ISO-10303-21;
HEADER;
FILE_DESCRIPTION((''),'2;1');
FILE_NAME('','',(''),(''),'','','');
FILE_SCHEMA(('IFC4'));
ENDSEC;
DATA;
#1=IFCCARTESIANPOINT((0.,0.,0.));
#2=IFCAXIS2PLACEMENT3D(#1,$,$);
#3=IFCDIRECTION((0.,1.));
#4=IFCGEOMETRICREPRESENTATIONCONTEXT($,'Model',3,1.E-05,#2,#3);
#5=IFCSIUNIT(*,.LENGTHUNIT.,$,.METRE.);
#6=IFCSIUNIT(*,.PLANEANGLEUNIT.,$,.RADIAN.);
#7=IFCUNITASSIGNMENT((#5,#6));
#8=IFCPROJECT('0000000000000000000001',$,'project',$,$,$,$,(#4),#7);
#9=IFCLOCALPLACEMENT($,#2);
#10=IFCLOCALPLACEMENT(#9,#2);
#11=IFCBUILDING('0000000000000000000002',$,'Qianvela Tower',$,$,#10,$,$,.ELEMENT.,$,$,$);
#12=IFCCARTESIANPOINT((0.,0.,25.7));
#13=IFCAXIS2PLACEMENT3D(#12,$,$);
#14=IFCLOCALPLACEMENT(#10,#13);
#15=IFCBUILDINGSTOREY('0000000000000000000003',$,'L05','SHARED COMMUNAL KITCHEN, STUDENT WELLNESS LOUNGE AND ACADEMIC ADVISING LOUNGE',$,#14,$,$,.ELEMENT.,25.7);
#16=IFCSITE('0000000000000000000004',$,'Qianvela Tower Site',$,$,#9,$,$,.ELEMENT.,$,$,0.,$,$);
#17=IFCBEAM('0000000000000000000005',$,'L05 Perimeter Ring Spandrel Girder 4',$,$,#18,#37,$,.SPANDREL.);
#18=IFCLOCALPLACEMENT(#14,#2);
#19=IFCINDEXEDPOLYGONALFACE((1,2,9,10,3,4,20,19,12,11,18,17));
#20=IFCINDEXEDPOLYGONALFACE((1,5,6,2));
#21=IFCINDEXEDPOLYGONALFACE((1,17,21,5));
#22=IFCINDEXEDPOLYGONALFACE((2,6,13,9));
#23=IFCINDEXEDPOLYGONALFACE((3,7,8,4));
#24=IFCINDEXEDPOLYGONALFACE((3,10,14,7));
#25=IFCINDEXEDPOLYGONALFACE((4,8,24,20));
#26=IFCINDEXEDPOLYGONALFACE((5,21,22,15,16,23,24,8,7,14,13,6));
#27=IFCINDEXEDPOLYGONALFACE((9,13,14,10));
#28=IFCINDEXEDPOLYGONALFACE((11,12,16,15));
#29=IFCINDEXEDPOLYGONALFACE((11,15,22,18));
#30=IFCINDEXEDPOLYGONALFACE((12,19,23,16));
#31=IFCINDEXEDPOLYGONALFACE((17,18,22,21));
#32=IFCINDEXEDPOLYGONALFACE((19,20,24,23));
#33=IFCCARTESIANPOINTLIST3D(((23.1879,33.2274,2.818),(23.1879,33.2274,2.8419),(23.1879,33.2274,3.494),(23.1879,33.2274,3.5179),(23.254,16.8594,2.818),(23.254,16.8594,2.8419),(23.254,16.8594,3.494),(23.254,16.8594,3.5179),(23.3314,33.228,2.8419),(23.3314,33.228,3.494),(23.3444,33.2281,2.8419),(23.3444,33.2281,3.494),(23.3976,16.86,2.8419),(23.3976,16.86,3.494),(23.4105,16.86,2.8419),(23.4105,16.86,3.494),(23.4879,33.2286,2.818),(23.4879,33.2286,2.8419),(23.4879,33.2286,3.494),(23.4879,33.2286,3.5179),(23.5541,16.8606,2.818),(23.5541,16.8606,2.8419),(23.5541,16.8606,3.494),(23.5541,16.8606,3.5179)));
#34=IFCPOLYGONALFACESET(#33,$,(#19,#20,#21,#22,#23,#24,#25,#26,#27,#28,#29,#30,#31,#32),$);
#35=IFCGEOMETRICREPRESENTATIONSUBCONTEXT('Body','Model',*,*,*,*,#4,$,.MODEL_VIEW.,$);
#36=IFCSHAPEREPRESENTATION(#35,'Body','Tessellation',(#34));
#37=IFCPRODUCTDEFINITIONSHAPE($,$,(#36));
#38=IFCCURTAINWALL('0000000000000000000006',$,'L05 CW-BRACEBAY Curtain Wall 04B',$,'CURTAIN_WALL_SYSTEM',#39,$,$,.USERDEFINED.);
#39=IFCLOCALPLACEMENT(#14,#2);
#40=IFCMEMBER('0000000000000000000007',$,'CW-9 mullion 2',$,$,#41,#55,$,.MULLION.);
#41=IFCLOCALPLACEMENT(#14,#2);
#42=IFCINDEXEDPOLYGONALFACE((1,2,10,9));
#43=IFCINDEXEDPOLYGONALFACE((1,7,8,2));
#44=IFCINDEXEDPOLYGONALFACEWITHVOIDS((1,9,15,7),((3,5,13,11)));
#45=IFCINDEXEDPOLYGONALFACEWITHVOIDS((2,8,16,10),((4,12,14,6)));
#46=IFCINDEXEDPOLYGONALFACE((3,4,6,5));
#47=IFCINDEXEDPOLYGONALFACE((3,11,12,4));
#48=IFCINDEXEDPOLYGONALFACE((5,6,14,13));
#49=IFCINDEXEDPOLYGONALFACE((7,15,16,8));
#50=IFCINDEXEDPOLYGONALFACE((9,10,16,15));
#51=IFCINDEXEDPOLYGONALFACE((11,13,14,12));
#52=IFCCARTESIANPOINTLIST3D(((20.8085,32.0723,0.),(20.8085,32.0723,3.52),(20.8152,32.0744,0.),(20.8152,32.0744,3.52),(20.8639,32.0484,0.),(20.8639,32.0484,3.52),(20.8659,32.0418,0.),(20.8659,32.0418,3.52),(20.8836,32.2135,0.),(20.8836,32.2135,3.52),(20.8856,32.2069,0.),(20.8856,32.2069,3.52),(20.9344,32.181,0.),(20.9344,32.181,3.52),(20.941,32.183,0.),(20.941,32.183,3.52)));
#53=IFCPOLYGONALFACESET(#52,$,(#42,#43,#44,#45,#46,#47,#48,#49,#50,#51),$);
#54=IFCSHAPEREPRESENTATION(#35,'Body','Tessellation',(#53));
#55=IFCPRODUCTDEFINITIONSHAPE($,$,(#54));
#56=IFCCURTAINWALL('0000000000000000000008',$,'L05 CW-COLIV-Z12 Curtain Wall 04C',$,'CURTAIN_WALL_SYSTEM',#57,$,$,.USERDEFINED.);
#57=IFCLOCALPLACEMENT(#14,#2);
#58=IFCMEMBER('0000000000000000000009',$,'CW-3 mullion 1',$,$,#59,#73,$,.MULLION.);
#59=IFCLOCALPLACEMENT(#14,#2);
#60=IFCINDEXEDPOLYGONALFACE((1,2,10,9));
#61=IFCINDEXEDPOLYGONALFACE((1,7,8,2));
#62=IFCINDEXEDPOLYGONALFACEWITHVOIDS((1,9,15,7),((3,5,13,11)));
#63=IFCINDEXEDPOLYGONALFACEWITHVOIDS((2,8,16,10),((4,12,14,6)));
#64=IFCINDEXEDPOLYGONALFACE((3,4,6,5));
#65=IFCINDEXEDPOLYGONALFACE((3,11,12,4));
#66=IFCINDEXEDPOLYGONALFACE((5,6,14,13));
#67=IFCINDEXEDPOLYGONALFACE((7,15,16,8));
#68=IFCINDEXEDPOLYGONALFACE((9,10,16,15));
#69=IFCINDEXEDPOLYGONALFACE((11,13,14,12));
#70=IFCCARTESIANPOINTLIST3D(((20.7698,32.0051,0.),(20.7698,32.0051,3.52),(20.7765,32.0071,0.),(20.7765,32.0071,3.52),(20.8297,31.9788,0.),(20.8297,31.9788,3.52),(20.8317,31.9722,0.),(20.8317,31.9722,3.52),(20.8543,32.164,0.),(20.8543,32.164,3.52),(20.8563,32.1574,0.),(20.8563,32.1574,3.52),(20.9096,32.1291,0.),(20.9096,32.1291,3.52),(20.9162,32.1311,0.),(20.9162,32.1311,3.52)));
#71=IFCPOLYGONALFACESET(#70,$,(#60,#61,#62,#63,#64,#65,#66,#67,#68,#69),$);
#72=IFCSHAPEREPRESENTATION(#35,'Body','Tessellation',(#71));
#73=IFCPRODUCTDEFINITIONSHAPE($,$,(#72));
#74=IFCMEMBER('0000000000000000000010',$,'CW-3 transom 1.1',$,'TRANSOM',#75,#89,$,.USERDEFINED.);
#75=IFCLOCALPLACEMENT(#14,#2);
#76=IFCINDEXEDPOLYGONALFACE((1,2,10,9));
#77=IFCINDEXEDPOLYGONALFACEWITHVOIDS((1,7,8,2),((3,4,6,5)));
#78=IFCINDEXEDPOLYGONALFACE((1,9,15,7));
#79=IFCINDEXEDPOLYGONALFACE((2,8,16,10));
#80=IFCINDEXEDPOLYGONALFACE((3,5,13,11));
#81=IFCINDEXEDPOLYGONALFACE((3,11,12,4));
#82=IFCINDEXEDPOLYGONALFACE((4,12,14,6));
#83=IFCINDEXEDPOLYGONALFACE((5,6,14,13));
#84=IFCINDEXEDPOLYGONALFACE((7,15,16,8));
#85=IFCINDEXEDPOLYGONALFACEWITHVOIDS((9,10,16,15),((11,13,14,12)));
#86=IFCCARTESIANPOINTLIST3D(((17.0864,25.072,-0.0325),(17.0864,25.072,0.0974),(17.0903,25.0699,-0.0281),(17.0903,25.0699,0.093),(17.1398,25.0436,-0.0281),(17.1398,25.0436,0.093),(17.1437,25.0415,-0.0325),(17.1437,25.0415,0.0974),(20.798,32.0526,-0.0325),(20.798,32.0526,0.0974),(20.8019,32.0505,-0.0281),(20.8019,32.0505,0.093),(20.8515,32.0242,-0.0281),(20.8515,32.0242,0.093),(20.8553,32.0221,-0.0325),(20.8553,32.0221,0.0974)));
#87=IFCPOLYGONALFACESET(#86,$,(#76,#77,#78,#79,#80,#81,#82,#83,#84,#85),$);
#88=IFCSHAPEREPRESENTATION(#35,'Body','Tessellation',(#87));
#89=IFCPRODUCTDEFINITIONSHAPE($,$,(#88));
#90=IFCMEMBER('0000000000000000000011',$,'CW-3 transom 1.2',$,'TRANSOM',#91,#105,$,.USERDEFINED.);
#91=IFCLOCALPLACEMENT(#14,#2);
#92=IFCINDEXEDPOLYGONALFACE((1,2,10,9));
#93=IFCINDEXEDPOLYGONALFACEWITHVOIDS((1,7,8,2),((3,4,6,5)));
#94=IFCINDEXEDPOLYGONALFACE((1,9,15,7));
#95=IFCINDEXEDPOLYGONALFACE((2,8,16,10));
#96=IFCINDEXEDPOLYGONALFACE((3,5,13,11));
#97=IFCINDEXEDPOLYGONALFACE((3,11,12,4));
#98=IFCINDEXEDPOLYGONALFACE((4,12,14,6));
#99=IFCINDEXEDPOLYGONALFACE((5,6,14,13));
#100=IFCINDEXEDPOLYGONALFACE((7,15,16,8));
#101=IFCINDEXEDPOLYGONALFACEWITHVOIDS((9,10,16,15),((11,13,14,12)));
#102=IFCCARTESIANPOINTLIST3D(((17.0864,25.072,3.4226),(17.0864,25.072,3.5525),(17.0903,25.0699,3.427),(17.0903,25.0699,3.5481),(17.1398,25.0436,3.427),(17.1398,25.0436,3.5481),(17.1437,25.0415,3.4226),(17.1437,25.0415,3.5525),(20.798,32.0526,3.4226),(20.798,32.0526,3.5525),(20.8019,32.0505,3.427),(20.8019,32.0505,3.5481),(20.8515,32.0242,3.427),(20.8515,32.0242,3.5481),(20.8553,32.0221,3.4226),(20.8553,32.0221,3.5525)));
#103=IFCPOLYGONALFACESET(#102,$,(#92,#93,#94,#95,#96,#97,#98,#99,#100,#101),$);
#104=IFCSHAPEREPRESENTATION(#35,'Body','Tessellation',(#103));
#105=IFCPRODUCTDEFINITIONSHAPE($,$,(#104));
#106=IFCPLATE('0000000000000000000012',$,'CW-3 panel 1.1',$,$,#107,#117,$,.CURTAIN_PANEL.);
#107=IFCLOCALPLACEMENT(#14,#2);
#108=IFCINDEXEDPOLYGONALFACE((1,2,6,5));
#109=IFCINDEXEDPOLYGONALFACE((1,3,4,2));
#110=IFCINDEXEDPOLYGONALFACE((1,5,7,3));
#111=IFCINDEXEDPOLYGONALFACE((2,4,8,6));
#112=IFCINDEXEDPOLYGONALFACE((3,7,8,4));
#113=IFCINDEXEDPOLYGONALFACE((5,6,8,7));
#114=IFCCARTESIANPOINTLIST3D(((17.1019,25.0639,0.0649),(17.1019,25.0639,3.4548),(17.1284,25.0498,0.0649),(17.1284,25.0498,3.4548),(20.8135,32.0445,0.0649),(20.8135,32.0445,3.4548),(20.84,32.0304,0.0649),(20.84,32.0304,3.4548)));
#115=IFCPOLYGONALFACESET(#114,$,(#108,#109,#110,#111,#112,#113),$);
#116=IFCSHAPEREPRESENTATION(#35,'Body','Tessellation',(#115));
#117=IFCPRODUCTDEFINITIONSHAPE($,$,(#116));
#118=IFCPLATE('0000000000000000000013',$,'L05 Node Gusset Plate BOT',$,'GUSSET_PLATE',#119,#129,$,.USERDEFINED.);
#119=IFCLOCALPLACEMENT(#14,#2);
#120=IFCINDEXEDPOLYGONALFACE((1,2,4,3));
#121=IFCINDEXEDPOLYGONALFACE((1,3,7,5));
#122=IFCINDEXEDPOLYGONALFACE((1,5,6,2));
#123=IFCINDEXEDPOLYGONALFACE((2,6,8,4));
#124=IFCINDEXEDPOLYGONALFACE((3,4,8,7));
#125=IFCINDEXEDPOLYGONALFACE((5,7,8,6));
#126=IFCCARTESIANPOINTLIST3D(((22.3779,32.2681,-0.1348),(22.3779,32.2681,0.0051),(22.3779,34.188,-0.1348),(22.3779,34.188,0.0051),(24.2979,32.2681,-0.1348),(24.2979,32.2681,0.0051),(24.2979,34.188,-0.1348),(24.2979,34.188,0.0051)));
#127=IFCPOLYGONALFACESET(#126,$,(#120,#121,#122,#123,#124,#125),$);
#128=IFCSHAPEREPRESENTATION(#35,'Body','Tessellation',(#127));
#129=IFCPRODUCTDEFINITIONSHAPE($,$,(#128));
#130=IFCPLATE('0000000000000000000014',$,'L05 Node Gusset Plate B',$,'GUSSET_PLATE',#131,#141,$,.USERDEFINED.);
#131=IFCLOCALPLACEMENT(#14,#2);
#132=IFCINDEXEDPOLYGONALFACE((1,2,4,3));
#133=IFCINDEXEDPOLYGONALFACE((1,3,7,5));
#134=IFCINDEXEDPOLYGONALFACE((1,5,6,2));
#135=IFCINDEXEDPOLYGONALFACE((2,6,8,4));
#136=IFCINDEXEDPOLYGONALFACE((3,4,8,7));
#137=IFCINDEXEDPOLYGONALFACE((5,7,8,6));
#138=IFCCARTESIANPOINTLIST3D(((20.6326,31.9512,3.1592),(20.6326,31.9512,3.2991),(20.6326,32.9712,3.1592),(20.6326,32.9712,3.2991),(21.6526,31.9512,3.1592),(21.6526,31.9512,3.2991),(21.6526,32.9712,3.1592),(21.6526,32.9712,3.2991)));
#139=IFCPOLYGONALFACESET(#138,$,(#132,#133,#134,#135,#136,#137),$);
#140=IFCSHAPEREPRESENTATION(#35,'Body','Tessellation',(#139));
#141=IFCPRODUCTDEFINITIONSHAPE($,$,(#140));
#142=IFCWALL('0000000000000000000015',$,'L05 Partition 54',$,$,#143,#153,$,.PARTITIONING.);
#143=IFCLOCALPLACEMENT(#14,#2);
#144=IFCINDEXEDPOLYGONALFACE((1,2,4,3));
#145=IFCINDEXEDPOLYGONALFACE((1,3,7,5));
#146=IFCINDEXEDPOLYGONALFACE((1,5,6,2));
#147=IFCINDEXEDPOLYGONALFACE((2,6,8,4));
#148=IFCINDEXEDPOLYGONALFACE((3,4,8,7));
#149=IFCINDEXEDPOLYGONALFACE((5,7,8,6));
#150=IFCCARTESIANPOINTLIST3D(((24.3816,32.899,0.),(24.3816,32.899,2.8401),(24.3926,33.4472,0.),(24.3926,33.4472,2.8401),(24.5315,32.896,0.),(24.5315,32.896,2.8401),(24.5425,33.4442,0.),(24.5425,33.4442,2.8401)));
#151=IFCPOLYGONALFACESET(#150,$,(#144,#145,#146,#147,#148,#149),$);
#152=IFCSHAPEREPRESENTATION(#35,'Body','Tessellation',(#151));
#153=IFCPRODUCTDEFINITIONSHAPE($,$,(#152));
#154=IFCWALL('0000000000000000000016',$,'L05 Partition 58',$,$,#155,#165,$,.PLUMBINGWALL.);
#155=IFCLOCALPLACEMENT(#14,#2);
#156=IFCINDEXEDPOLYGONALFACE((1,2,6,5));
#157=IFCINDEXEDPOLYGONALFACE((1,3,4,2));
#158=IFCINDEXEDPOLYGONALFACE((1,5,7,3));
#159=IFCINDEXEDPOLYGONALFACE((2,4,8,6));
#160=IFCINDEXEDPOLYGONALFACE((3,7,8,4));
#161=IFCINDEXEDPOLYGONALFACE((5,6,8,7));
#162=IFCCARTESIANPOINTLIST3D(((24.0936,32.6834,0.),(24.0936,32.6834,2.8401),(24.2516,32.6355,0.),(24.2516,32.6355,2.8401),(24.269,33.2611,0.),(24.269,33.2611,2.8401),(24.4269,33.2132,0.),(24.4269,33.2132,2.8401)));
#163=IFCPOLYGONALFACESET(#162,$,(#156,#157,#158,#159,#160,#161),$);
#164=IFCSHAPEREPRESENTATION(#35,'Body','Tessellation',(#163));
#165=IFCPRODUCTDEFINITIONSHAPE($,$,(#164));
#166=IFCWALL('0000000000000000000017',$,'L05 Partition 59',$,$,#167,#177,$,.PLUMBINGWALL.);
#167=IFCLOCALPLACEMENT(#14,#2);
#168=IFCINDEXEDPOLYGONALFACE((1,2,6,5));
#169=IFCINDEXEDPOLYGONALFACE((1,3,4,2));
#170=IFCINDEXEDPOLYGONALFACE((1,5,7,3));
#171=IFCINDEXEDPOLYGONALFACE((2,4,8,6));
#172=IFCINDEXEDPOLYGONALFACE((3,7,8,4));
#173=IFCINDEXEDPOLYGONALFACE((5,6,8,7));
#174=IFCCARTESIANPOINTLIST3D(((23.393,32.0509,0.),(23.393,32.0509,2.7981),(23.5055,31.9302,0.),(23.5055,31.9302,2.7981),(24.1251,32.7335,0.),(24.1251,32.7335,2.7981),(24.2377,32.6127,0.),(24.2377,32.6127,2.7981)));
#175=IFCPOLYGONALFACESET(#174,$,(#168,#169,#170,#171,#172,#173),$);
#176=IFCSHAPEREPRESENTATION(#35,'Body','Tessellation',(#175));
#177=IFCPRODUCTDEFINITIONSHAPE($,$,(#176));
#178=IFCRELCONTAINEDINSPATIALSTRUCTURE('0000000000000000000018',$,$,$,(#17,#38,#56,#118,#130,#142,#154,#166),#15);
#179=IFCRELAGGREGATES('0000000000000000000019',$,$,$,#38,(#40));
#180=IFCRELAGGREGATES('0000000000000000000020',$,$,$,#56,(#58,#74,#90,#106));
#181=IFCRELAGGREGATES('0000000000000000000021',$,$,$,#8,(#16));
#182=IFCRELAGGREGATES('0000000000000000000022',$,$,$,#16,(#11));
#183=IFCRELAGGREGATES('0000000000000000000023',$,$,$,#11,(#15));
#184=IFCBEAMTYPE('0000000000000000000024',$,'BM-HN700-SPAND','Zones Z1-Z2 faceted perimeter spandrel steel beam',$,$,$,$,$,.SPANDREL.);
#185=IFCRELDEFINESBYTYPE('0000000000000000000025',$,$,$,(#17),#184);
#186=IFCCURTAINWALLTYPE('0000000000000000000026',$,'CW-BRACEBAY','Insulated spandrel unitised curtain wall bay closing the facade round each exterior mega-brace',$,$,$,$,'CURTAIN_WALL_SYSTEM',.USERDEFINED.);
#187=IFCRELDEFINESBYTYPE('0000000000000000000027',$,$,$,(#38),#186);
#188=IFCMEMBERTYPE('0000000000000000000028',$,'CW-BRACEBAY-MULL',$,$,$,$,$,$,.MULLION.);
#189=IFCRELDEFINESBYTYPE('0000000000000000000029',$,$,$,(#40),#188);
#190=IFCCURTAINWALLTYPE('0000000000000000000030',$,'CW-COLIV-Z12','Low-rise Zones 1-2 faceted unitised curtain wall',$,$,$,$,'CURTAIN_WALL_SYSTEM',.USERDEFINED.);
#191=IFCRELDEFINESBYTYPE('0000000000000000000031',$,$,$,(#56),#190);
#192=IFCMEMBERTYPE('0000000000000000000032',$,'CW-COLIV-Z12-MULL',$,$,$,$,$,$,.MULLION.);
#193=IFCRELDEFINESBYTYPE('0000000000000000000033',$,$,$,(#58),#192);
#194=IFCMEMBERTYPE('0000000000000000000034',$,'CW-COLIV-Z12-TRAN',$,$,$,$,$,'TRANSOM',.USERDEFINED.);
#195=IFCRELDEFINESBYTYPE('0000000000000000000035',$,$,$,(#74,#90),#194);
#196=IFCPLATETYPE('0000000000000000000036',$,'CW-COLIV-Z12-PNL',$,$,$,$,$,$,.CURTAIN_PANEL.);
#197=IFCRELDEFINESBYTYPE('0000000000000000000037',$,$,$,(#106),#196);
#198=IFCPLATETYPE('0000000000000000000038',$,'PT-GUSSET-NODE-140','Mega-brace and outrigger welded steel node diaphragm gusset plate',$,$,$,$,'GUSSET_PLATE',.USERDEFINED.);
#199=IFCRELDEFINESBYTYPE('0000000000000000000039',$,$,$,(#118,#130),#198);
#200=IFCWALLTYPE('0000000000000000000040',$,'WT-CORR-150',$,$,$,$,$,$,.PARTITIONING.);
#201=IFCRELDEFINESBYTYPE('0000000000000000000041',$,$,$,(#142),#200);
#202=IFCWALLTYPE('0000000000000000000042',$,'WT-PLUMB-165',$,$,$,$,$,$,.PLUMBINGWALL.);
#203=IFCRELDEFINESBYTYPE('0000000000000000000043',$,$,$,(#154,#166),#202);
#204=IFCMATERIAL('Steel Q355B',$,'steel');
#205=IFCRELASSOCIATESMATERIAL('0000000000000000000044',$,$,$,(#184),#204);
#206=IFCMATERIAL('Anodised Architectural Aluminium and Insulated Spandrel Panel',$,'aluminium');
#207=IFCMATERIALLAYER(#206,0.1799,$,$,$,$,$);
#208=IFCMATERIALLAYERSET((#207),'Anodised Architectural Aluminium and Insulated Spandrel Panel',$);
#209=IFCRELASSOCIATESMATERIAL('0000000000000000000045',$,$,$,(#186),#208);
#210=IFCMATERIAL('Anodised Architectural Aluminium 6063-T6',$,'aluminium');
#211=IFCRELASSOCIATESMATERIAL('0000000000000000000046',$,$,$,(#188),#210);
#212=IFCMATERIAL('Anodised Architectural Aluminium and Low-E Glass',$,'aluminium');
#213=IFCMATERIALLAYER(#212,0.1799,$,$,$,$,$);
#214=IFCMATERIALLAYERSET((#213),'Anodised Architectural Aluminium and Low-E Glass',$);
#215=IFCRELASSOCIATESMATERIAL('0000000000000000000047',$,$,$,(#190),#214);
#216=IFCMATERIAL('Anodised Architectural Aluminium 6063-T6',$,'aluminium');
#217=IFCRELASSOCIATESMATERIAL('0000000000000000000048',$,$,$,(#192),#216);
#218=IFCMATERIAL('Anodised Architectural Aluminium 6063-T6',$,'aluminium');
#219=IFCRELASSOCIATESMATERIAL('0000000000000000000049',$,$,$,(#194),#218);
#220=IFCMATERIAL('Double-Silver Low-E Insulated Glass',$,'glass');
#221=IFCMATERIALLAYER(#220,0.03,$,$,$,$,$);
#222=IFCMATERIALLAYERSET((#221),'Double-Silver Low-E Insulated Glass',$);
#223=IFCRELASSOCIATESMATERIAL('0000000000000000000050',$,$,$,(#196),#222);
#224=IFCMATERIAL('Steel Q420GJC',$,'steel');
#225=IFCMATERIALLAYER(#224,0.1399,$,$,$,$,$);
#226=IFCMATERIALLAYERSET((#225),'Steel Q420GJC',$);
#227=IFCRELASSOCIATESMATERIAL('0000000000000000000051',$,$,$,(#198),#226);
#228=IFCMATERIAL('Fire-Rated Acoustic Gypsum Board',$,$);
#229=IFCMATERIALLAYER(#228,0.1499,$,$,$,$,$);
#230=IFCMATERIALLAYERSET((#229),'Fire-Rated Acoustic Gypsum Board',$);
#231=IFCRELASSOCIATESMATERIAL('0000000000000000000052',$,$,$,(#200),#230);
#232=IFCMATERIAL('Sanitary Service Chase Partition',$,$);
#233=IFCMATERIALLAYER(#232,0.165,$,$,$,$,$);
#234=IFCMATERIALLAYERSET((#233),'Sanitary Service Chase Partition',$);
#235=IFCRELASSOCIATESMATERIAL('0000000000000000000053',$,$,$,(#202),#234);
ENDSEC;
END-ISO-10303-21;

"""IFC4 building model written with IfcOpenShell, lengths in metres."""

from ifc_helpers import new_model, si_unit, direction, frame, frame_2d, origin, origin_2d, place, context, subcontext, project, spatial, rectangle, hollow_rectangle, i_section, extrude, material, layer, layer_set, material_profile, profile_set, type_object, element, aggregate, save


model = new_model("IFC4")

# Units and contexts
model_context = context("Model", 3, precision=1e-05, world=origin(), true_north=direction((0.0, 1.0)))
body_context = subcontext(model_context, "Body", "Model", "MODEL_VIEW")
ifc_project = project(units=[si_unit("LENGTHUNIT", "METRE"), si_unit("PLANEANGLEUNIT", "RADIAN")], contexts=[model_context])

# Site, building, storey
site_placement = place(None, origin())
site = spatial("IfcSite", under=ifc_project, at=site_placement, Name="Qianvela Tower Site", CompositionType="ELEMENT", RefElevation=0.0)
building_placement = place(site_placement, origin())
building = spatial("IfcBuilding", under=site, at=building_placement, Name="Qianvela Tower", CompositionType="ELEMENT")
storey_placement = place(building_placement, frame((0.0, 0.0, 25.7)))
storey = spatial("IfcBuildingStorey", under=building, at=storey_placement, Name="L05", Description="SHARED COMMUNAL KITCHEN, STUDENT WELLNESS LOUNGE AND ACADEMIC ADVISING LOUNGE", CompositionType="ELEMENT", Elevation=25.7)

# Beam
ifc_material_1 = material(Name="Steel Q355B", Category="steel")
ifc_material_profile_1 = material_profile(ifc_material_1, i_section(OverallWidth=0.3, OverallDepth=0.7, WebThickness=0.0129, FlangeThickness=0.0239, at=origin_2d()), Name="HN700x300x13x24")
ifc_profile_set_1 = profile_set([ifc_material_profile_1], Name="Steel Q355B")
beam_type_1 = type_object("IfcBeamType", Name="BM-HN700-SPAND", Description="Zones Z1-Z2 faceted perimeter spandrel steel beam", PredefinedType="SPANDREL", material=ifc_profile_set_1)
beam_1_placement = place(storey_placement, frame((23.3379, 33.228, 3.168), z_axis=(0.004042, -0.999992, 0.0), x_axis=(0.999992, 0.004042, 0.0)))
element("IfcBeam", 1, at=beam_1_placement, inside=storey, type_object=beam_type_1, Name="L05 Perimeter Ring Spandrel Girder 4", PredefinedType="SPANDREL", context=body_context, shape_type="SweptSolid", body=[
    extrude(i_section(OverallWidth=0.3, OverallDepth=0.7, WebThickness=0.0129, FlangeThickness=0.0239, at=origin_2d()), origin(), (0.0, 0.0, 1.0), 16.3682),
])

# Curtain wall, member
ifc_material_2 = material(Name="Anodised Architectural Aluminium and Insulated Spandrel Panel", Category="aluminium")
ifc_layer_1 = layer(ifc_material_2, 0.1799)
ifc_layer_set_1 = layer_set([ifc_layer_1], Name="Anodised Architectural Aluminium and Insulated Spandrel Panel")
curtain_wall_type_1 = type_object("IfcCurtainWallType", Name="CW-BRACEBAY", Description="Insulated spandrel unitised curtain wall bay closing the facade round each exterior mega-brace", ElementType="CURTAIN_WALL_SYSTEM", PredefinedType="USERDEFINED", material=ifc_layer_set_1)
curtain_wall_1_placement = place(storey_placement, origin())
curtain_wall_1 = element("IfcCurtainWall", 2, at=curtain_wall_1_placement, inside=storey, type_object=curtain_wall_type_1, Name="L05 CW-BRACEBAY Curtain Wall 04B", ObjectType="CURTAIN_WALL_SYSTEM", PredefinedType="USERDEFINED")
ifc_material_3 = material(Name="Anodised Architectural Aluminium 6063-T6", Category="aluminium")
ifc_material_profile_2 = material_profile(ifc_material_3, hollow_rectangle(XDim=0.0649, YDim=0.1599, WallThickness=0.0049, at=origin_2d()), Name="ALU-MULL-65x160")
ifc_profile_set_2 = profile_set([ifc_material_profile_2], Name="Anodised Architectural Aluminium 6063-T6")
member_type_1 = type_object("IfcMemberType", Name="CW-BRACEBAY-MULL", PredefinedType="MULLION", material=ifc_profile_set_2)
member_1_placement = place(storey_placement, frame((20.8748, 32.1277, 0.0), z_axis=(0.0, 0.0, 1.0), x_axis=(0.882943, -0.46948, 0.0)))
member_1 = element("IfcMember", 3, at=member_1_placement, type_object=member_type_1, Name="CW-9 mullion 2", PredefinedType="MULLION", context=body_context, shape_type="SweptSolid", body=[
    extrude(hollow_rectangle(XDim=0.0649, YDim=0.1599, WallThickness=0.0049, at=origin_2d()), origin(), (0.0, 0.0, 1.0), 3.52),
])
aggregate(curtain_wall_1, [member_1])

# Curtain wall, members, plate
ifc_material_4 = material(Name="Anodised Architectural Aluminium and Low-E Glass", Category="aluminium")
ifc_layer_2 = layer(ifc_material_4, 0.1799)
ifc_layer_set_2 = layer_set([ifc_layer_2], Name="Anodised Architectural Aluminium and Low-E Glass")
curtain_wall_type_2 = type_object("IfcCurtainWallType", Name="CW-COLIV-Z12", Description="Low-rise Zones 1-2 faceted unitised curtain wall", ElementType="CURTAIN_WALL_SYSTEM", PredefinedType="USERDEFINED", material=ifc_layer_set_2)
curtain_wall_2_placement = place(storey_placement, origin())
curtain_wall_2 = element("IfcCurtainWall", 4, at=curtain_wall_2_placement, inside=storey, type_object=curtain_wall_type_2, Name="L05 CW-COLIV-Z12 Curtain Wall 04C", ObjectType="CURTAIN_WALL_SYSTEM", PredefinedType="USERDEFINED")
ifc_material_5 = material(Name="Anodised Architectural Aluminium 6063-T6", Category="aluminium")
ifc_material_profile_3 = material_profile(ifc_material_5, hollow_rectangle(XDim=0.0701, YDim=0.1799, WallThickness=0.0049, at=origin_2d()), Name="ALU-MULL-70x180")
ifc_profile_set_3 = profile_set([ifc_material_profile_3], Name="Anodised Architectural Aluminium 6063-T6")
member_type_2 = type_object("IfcMemberType", Name="CW-COLIV-Z12-MULL", PredefinedType="MULLION", material=ifc_profile_set_3)
member_2_placement = place(storey_placement, frame((20.843, 32.0681, 0.0), z_axis=(0.0, 0.0, 1.0), x_axis=(0.882951, -0.469465, 0.0)))
member_2 = element("IfcMember", 5, at=member_2_placement, type_object=member_type_2, Name="CW-3 mullion 1", PredefinedType="MULLION", context=body_context, shape_type="SweptSolid", body=[
    extrude(hollow_rectangle(XDim=0.0701, YDim=0.1799, WallThickness=0.0049, at=origin_2d()), origin(), (0.0, 0.0, 1.0), 3.52),
])
ifc_material_6 = material(Name="Anodised Architectural Aluminium 6063-T6", Category="aluminium")
ifc_material_profile_4 = material_profile(ifc_material_6, hollow_rectangle(XDim=0.0649, YDim=0.1299, WallThickness=0.0044, at=origin_2d()), Name="ALU-TRAN-65x130")
ifc_profile_set_4 = profile_set([ifc_material_profile_4], Name="Anodised Architectural Aluminium 6063-T6")
member_type_3 = type_object("IfcMemberType", Name="CW-COLIV-Z12-TRAN", ElementType="TRANSOM", PredefinedType="USERDEFINED", material=ifc_profile_set_4)
member_3_placement = place(storey_placement, frame((20.8267, 32.0374, 0.0325), z_axis=(-0.469468, -0.88295, 0.0), x_axis=(0.88295, -0.469468, 0.0)))
member_3 = element("IfcMember", 6, at=member_3_placement, type_object=member_type_3, Name="CW-3 transom 1.1", ObjectType="TRANSOM", PredefinedType="USERDEFINED", context=body_context, shape_type="SweptSolid", body=[
    extrude(hollow_rectangle(XDim=0.0649, YDim=0.1299, WallThickness=0.0044, at=origin_2d()), origin(), (0.0, 0.0, 1.0), 7.906),
])
member_4_placement = place(storey_placement, frame((20.8267, 32.0374, 3.4875), z_axis=(-0.469468, -0.88295, 0.0), x_axis=(0.88295, -0.469468, 0.0)))
member_4 = element("IfcMember", 7, at=member_4_placement, type_object=member_type_3, Name="CW-3 transom 1.2", ObjectType="TRANSOM", PredefinedType="USERDEFINED", context=body_context, shape_type="SweptSolid", body=[
    extrude(hollow_rectangle(XDim=0.0649, YDim=0.1299, WallThickness=0.0044, at=origin_2d()), origin(), (0.0, 0.0, 1.0), 7.906),
])
ifc_material_7 = material(Name="Double-Silver Low-E Insulated Glass", Category="glass")
ifc_layer_3 = layer(ifc_material_7, 0.03)
ifc_layer_set_3 = layer_set([ifc_layer_3], Name="Double-Silver Low-E Insulated Glass")
plate_type_1 = type_object("IfcPlateType", Name="CW-COLIV-Z12-PNL", PredefinedType="CURTAIN_PANEL", material=ifc_layer_set_3)
plate_1_placement = place(storey_placement, frame((18.9709, 28.5471, 0.0649), z_axis=(0.0, 0.0, 1.0), x_axis=(-0.469465, -0.882951, 0.0)))
plate_1 = element("IfcPlate", 8, at=plate_1_placement, type_object=plate_type_1, Name="CW-3 panel 1.1", PredefinedType="CURTAIN_PANEL", context=body_context, shape_type="SweptSolid", body=[
    extrude(rectangle(XDim=7.906, YDim=0.03, at=origin_2d()), origin(), (0.0, 0.0, 1.0), 3.3899),
])
aggregate(curtain_wall_2, [member_2, member_3, member_4, plate_1])

# Plates
ifc_material_8 = material(Name="Steel Q420GJC", Category="steel")
ifc_layer_4 = layer(ifc_material_8, 0.1399)
ifc_layer_set_4 = layer_set([ifc_layer_4], Name="Steel Q420GJC")
plate_type_2 = type_object("IfcPlateType", Name="PT-GUSSET-NODE-140", Description="Mega-brace and outrigger welded steel node diaphragm gusset plate", ElementType="GUSSET_PLATE", PredefinedType="USERDEFINED", material=ifc_layer_set_4)
plate_2_placement = place(storey_placement, frame((23.3379, 33.228, -0.1348), z_axis=(0.0, 0.0, 1.0), x_axis=(1.0, 0.0, 0.0)))
element("IfcPlate", 9, at=plate_2_placement, inside=storey, type_object=plate_type_2, Name="L05 Node Gusset Plate BOT", ObjectType="GUSSET_PLATE", PredefinedType="USERDEFINED", context=body_context, shape_type="SweptSolid", body=[
    extrude(rectangle(XDim=1.9199, YDim=1.9199, at=origin_2d()), origin(), (0.0, 0.0, 1.0), 0.1399),
])
plate_3_placement = place(storey_placement, frame((21.1426, 32.4612, 3.1592), z_axis=(0.0, 0.0, 1.0), x_axis=(1.0, 0.0, 0.0)))
element("IfcPlate", 10, at=plate_3_placement, inside=storey, type_object=plate_type_2, Name="L05 Node Gusset Plate B", ObjectType="GUSSET_PLATE", PredefinedType="USERDEFINED", context=body_context, shape_type="SweptSolid", body=[
    extrude(rectangle(XDim=1.02, YDim=1.02, at=origin_2d()), origin(), (0.0, 0.0, 1.0), 0.1399),
])

# Walls
ifc_material_9 = material(Name="Fire-Rated Acoustic Gypsum Board")
ifc_layer_5 = layer(ifc_material_9, 0.1499)
ifc_layer_set_5 = layer_set([ifc_layer_5], Name="Fire-Rated Acoustic Gypsum Board")
wall_type_1 = type_object("IfcWallType", Name="WT-CORR-150", PredefinedType="PARTITIONING", material=ifc_layer_set_5)
wall_1_placement = place(storey_placement, frame((24.4565, 32.8975, 0.0), z_axis=(0.0, 0.0, 1.0), x_axis=(0.020032, 0.999799, 0.0)))
element("IfcWall", 11, at=wall_1_placement, inside=storey, type_object=wall_type_1, Name="L05 Partition 54", PredefinedType="PARTITIONING", context=body_context, shape_type="SweptSolid", body=[
    extrude(rectangle(XDim=0.5483, YDim=0.1499, at=frame_2d((0.2742, 0.0))), origin(), (0.0, 0.0, 1.0), 2.8401),
])
ifc_material_10 = material(Name="Sanitary Service Chase Partition")
ifc_layer_6 = layer(ifc_material_10, 0.165)
ifc_layer_set_6 = layer_set([ifc_layer_6], Name="Sanitary Service Chase Partition")
wall_type_2 = type_object("IfcWallType", Name="WT-PLUMB-165", PredefinedType="PLUMBINGWALL", material=ifc_layer_set_6)
wall_2_placement = place(storey_placement, frame((24.3479, 33.2371, 0.0), z_axis=(0.0, 0.0, 1.0), x_axis=(-0.290389, -0.956909, 0.0)))
element("IfcWall", 12, at=wall_2_placement, inside=storey, type_object=wall_type_2, Name="L05 Partition 58", PredefinedType="PLUMBINGWALL", context=body_context, shape_type="SweptSolid", body=[
    extrude(rectangle(XDim=0.6038, YDim=0.165, at=frame_2d((0.3018, 0.0))), origin(), (0.0, 0.0, 1.0), 2.8401),
])
wall_3_placement = place(storey_placement, frame((24.1814, 32.6731, 0.0), z_axis=(0.0, 0.0, 1.0), x_axis=(-0.731428, -0.681918, 0.0)))
element("IfcWall", 13, at=wall_3_placement, inside=storey, type_object=wall_type_2, Name="L05 Partition 59", PredefinedType="PLUMBINGWALL", context=body_context, shape_type="SweptSolid", body=[
    extrude(rectangle(XDim=1.001, YDim=0.165, at=frame_2d((0.5005, 0.0))), origin(), (0.0, 0.0, 1.0), 2.7981),
])

save(model, "model.ifc")
